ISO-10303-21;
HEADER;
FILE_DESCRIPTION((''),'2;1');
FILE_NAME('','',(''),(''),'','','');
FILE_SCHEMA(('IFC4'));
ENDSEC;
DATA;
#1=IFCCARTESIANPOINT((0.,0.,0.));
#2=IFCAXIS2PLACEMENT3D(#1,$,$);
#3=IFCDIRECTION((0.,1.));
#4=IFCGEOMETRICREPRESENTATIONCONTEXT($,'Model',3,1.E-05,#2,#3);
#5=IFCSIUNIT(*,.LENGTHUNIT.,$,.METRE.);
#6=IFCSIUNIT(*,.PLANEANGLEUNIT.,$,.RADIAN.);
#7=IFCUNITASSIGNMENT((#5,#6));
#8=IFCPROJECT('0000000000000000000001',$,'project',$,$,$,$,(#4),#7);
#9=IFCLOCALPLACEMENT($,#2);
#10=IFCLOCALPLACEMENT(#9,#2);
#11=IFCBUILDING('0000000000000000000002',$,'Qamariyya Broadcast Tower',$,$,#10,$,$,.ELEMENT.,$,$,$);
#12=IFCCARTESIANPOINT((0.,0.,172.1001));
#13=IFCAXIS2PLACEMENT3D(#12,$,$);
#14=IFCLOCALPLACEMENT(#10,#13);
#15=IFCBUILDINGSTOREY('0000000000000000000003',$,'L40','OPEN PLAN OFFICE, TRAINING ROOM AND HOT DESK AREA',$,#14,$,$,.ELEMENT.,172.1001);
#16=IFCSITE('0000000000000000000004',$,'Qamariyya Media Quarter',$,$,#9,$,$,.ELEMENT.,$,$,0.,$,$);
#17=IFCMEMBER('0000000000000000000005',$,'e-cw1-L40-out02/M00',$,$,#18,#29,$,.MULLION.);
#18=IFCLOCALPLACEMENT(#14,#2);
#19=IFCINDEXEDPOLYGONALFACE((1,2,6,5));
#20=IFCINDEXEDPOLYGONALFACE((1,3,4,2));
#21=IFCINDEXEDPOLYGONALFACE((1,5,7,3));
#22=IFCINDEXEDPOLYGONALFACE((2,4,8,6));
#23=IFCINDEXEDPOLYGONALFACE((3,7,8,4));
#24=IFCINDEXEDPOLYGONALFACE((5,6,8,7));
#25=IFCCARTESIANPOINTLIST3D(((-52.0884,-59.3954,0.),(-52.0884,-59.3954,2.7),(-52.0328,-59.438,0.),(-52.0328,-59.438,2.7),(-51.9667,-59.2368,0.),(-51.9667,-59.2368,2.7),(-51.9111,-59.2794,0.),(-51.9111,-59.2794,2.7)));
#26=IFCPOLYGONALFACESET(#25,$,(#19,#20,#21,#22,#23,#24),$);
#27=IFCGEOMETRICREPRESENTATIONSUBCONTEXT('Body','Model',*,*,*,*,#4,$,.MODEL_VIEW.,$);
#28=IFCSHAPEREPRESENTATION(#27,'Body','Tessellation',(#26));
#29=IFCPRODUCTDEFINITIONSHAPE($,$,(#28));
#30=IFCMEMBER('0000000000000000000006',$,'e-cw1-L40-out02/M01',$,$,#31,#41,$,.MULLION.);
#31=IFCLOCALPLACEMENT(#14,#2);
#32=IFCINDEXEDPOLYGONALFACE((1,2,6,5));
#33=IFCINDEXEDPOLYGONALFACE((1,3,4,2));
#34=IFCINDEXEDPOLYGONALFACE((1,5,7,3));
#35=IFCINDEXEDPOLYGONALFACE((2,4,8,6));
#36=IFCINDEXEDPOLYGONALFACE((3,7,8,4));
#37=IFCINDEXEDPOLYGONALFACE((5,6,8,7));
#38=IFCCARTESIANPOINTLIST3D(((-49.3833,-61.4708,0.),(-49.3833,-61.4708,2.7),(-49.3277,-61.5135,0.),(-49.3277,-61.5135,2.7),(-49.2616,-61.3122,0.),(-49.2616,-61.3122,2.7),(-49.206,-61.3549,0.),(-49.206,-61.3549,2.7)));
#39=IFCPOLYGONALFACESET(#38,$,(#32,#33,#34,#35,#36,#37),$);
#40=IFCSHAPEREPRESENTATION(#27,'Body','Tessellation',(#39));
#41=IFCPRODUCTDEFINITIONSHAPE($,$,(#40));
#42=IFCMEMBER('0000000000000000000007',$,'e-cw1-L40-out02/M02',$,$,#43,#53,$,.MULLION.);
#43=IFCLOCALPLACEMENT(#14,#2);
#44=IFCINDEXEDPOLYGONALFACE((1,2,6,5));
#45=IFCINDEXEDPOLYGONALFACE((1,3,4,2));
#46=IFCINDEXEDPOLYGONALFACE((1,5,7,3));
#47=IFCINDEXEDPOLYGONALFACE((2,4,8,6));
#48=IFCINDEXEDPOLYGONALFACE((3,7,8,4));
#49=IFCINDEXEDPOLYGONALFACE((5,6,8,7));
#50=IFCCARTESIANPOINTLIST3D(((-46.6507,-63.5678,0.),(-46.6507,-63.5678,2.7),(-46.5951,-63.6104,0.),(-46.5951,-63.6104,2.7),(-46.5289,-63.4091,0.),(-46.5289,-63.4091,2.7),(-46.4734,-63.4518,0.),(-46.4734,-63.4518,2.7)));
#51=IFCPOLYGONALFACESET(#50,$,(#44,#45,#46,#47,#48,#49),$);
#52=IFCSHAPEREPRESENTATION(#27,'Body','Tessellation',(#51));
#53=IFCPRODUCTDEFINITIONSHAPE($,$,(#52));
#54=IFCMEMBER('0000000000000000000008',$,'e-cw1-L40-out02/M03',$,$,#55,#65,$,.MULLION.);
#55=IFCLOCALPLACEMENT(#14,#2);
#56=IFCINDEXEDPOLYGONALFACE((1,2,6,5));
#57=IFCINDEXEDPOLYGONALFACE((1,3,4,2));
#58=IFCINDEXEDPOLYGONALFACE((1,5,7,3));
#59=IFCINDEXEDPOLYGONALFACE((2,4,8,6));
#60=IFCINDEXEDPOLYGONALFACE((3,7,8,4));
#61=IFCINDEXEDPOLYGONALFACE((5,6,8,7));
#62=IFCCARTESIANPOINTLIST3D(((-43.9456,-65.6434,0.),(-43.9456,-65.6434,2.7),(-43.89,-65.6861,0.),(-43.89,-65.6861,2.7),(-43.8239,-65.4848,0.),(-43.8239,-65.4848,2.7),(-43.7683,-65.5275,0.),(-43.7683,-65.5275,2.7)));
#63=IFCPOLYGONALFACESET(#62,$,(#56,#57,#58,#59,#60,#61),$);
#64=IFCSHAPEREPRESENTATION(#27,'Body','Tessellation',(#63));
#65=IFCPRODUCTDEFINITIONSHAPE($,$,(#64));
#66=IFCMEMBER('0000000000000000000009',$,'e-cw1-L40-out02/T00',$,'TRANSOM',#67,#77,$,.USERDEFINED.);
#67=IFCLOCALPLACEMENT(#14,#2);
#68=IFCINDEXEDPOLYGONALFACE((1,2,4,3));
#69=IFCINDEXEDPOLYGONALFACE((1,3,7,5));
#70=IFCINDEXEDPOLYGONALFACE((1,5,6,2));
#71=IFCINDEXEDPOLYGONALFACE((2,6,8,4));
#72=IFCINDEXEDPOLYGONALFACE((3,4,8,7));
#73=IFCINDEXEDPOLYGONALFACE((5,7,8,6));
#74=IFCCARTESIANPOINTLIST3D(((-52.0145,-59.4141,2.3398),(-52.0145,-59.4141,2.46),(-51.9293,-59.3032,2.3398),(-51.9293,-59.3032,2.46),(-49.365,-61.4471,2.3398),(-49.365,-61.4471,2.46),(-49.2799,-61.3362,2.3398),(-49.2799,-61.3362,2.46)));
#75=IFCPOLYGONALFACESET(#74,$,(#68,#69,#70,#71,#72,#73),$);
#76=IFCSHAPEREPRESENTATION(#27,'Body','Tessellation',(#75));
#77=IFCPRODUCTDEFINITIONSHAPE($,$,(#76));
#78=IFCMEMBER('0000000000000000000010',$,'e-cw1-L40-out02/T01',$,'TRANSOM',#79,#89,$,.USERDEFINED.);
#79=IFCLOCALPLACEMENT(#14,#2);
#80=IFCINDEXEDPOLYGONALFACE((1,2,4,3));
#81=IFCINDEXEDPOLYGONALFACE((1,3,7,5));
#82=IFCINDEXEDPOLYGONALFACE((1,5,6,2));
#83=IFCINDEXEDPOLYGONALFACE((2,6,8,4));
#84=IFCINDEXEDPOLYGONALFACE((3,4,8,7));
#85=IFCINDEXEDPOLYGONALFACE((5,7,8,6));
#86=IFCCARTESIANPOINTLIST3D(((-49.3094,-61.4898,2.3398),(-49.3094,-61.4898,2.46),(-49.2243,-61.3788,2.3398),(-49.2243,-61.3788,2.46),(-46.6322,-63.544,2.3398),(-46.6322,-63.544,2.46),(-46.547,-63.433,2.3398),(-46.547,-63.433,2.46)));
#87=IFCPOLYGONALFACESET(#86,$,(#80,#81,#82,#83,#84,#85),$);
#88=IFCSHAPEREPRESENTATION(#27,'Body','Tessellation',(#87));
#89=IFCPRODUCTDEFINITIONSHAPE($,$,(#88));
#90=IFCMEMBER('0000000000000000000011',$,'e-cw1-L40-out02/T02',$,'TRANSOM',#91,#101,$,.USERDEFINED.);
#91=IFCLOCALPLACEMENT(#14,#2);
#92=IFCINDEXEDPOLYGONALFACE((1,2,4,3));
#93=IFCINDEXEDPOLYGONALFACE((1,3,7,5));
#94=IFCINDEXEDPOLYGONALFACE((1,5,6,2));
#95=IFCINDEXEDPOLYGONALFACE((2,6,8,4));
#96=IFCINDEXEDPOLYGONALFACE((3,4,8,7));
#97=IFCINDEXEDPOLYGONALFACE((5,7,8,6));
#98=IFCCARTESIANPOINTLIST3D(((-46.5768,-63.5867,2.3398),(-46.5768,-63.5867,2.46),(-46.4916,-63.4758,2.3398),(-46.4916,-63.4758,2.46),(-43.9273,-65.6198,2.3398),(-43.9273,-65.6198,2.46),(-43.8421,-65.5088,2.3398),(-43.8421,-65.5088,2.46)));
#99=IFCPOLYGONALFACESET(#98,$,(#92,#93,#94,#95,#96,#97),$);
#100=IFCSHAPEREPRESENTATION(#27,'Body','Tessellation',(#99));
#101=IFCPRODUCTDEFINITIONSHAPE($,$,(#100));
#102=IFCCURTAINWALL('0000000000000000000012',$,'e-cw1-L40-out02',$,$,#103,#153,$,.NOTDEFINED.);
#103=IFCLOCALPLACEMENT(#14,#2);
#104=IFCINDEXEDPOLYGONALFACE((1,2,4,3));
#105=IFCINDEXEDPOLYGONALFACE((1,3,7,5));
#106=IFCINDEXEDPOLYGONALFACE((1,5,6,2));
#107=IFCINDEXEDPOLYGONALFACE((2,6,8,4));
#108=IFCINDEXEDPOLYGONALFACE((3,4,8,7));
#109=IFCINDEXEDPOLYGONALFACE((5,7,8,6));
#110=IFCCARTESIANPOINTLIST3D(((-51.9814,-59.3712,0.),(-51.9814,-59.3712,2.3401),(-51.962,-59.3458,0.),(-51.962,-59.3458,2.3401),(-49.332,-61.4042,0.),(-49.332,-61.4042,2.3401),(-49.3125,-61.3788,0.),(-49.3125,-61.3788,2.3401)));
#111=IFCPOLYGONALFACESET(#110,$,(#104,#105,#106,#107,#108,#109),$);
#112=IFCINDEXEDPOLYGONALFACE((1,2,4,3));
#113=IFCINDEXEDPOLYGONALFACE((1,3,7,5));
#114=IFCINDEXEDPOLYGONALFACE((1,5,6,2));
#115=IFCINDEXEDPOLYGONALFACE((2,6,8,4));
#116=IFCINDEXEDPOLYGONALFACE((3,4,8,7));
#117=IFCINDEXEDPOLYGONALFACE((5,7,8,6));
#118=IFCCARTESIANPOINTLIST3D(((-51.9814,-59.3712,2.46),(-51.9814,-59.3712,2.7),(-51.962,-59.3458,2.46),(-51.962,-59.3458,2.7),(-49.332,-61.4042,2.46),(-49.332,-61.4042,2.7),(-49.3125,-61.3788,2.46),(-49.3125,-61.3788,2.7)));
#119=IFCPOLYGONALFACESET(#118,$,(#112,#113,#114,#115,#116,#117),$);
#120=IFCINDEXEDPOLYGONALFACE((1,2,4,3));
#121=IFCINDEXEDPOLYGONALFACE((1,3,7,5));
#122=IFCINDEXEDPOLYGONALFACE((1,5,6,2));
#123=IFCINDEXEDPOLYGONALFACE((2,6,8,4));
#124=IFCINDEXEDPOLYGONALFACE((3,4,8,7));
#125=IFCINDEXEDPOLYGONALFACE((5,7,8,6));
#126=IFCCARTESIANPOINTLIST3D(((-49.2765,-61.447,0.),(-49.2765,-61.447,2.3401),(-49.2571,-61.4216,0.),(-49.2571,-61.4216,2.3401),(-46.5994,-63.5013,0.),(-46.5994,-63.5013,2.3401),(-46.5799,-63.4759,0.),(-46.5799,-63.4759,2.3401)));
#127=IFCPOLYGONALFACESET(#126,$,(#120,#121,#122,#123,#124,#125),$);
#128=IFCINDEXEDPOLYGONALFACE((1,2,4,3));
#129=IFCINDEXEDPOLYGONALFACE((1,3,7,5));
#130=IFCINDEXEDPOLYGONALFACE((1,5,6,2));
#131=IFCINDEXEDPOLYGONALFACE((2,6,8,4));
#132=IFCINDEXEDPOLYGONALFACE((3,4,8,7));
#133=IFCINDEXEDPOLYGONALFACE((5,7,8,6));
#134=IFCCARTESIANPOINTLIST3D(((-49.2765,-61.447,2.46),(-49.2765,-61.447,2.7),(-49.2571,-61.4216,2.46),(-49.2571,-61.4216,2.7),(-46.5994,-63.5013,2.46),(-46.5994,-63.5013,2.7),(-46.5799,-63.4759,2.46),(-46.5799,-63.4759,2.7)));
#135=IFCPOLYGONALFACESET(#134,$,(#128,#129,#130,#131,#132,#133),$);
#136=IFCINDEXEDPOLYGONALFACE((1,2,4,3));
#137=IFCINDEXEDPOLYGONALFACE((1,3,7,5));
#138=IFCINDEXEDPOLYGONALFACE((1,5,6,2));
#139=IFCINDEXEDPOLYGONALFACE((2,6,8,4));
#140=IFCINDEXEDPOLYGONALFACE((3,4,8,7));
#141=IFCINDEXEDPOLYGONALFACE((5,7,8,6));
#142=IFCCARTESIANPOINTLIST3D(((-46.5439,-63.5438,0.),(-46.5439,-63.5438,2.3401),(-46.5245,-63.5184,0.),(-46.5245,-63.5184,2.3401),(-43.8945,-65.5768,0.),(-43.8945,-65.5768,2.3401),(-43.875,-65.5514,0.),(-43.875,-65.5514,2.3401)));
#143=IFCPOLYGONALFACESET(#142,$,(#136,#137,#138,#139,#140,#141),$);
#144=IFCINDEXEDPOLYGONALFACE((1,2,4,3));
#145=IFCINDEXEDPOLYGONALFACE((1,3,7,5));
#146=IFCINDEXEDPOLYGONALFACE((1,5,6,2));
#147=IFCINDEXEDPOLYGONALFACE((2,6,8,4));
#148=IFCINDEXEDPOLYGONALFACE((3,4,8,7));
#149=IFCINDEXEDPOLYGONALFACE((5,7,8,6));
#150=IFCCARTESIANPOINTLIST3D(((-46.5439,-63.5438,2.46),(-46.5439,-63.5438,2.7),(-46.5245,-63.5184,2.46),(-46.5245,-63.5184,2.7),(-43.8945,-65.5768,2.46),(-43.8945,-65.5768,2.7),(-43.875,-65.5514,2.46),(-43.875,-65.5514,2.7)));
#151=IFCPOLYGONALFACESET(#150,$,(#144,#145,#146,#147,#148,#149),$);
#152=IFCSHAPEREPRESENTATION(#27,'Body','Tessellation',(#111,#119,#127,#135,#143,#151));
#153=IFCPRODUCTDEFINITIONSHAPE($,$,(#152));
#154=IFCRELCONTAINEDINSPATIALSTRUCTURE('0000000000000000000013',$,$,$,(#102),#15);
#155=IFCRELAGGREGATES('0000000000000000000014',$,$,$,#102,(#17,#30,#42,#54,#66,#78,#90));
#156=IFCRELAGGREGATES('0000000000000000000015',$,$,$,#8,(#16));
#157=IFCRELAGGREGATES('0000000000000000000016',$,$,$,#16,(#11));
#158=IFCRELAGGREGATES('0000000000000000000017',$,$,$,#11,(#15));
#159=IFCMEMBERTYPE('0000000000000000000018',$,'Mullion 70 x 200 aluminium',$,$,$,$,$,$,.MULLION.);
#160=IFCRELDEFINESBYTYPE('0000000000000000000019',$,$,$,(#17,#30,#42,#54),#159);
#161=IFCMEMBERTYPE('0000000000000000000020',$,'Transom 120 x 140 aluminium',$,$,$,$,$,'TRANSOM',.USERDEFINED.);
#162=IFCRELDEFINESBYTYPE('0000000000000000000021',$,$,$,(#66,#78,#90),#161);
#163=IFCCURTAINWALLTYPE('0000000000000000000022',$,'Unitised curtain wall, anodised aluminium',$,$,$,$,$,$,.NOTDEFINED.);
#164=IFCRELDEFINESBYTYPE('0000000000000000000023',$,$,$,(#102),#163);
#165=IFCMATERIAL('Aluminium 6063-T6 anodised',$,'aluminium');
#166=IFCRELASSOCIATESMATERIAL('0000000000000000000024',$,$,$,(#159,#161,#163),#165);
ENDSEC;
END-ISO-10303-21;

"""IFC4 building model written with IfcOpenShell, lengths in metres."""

from ifc_helpers import new_model, si_unit, direction, frame, origin, origin_2d, place, context, subcontext, project, spatial, rectangle, extrude, material, material_profile, profile_set, type_object, element, aggregate, save


model = new_model("IFC4")

# Units and contexts
model_context = context("Model", 3, precision=1e-05, world=origin(), true_north=direction((0.0, 1.0)))
body_context = subcontext(model_context, "Body", "Model", "MODEL_VIEW")
ifc_project = project(units=[si_unit("LENGTHUNIT", "METRE"), si_unit("PLANEANGLEUNIT", "RADIAN")], contexts=[model_context])

# Members
ifc_material = material(Name="Aluminium 6063-T6 anodised", Category="aluminium")
ifc_material_profile_1 = material_profile(ifc_material, rectangle(XDim=0.2, YDim=0.0701, at=origin_2d()))
ifc_profile_set_1 = profile_set([ifc_material_profile_1], Name="Aluminium 6063-T6 anodised")
member_type_1 = type_object("IfcMemberType", Name="Mullion 70 x 200 aluminium", PredefinedType="MULLION", material=ifc_profile_set_1)
site_placement = place(None, origin())
building_placement = place(site_placement, origin())
storey_placement = place(building_placement, frame((0.0, 0.0, 172.1001)))
member_1_placement = place(storey_placement, frame((-51.9998, -59.3374, 0.0), z_axis=(0.0, 0.0, 1.0), x_axis=(0.608761, 0.793353, 0.0)))
member_1 = element("IfcMember", 1, at=member_1_placement, type_object=member_type_1, Name="e-cw1-L40-out02/M00", PredefinedType="MULLION", context=body_context, shape_type="SweptSolid", body=[
    extrude(rectangle(XDim=0.2, YDim=0.0701, at=origin_2d()), origin(), (0.0, 0.0, 1.0), 2.7),
])
member_2_placement = place(storey_placement, frame((-49.2947, -61.4128, 0.0), z_axis=(0.0, 0.0, 1.0), x_axis=(0.608761, 0.793353, 0.0)))
member_2 = element("IfcMember", 2, at=member_2_placement, type_object=member_type_1, Name="e-cw1-L40-out02/M01", PredefinedType="MULLION", context=body_context, shape_type="SweptSolid", body=[
    extrude(rectangle(XDim=0.2, YDim=0.0701, at=origin_2d()), origin(), (0.0, 0.0, 1.0), 2.7),
])
member_3_placement = place(storey_placement, frame((-46.562, -63.5098, 0.0), z_axis=(0.0, 0.0, 1.0), x_axis=(0.608761, 0.793353, 0.0)))
member_3 = element("IfcMember", 3, at=member_3_placement, type_object=member_type_1, Name="e-cw1-L40-out02/M02", PredefinedType="MULLION", context=body_context, shape_type="SweptSolid", body=[
    extrude(rectangle(XDim=0.2, YDim=0.0701, at=origin_2d()), origin(), (0.0, 0.0, 1.0), 2.7),
])
member_4_placement = place(storey_placement, frame((-43.8569, -65.5854, 0.0), z_axis=(0.0, 0.0, 1.0), x_axis=(0.608761, 0.793353, 0.0)))
member_4 = element("IfcMember", 4, at=member_4_placement, type_object=member_type_1, Name="e-cw1-L40-out02/M03", PredefinedType="MULLION", context=body_context, shape_type="SweptSolid", body=[
    extrude(rectangle(XDim=0.2, YDim=0.0701, at=origin_2d()), origin(), (0.0, 0.0, 1.0), 2.7),
])
ifc_material_profile_2 = material_profile(ifc_material, rectangle(XDim=0.1399, YDim=0.1201, at=origin_2d()))
ifc_profile_set_2 = profile_set([ifc_material_profile_2], Name="Aluminium 6063-T6 anodised")
member_type_2 = type_object("IfcMemberType", Name="Transom 120 x 140 aluminium", ElementType="TRANSOM", PredefinedType="USERDEFINED", material=ifc_profile_set_2)
member_5_placement = place(storey_placement, frame((-51.9719, -59.3586, 2.3999), z_axis=(0.793354, -0.60876, 0.0), x_axis=(0.60876, 0.793354, 0.0)))
member_5 = element("IfcMember", 5, at=member_5_placement, type_object=member_type_2, Name="e-cw1-L40-out02/T00", ObjectType="TRANSOM", PredefinedType="USERDEFINED", context=body_context, shape_type="SweptSolid", body=[
    extrude(rectangle(XDim=0.1399, YDim=0.1201, at=origin_2d()), origin(), (0.0, 0.0, 1.0), 3.3396),
])
member_6_placement = place(storey_placement, frame((-49.2668, -61.4343, 2.3999), z_axis=(0.793371, -0.608738, 0.0), x_axis=(0.608738, 0.793371, 0.0)))
member_6 = element("IfcMember", 6, at=member_6_placement, type_object=member_type_2, Name="e-cw1-L40-out02/T01", ObjectType="TRANSOM", PredefinedType="USERDEFINED", context=body_context, shape_type="SweptSolid", body=[
    extrude(rectangle(XDim=0.1399, YDim=0.1201, at=origin_2d()), origin(), (0.0, 0.0, 1.0), 3.3745),
])
member_7_placement = place(storey_placement, frame((-46.5342, -63.5312, 2.3999), z_axis=(0.793354, -0.60876, 0.0), x_axis=(0.60876, 0.793354, 0.0)))
member_7 = element("IfcMember", 7, at=member_7_placement, type_object=member_type_2, Name="e-cw1-L40-out02/T02", ObjectType="TRANSOM", PredefinedType="USERDEFINED", context=body_context, shape_type="SweptSolid", body=[
    extrude(rectangle(XDim=0.1399, YDim=0.1201, at=origin_2d()), origin(), (0.0, 0.0, 1.0), 3.3396),
])

# Site, building, storey
site = spatial("IfcSite", under=ifc_project, at=site_placement, Name="Qamariyya Media Quarter", CompositionType="ELEMENT", RefElevation=0.0)
building = spatial("IfcBuilding", under=site, at=building_placement, Name="Qamariyya Broadcast Tower", CompositionType="ELEMENT")
storey = spatial("IfcBuildingStorey", under=building, at=storey_placement, Name="L40", Description="OPEN PLAN OFFICE, TRAINING ROOM AND HOT DESK AREA", CompositionType="ELEMENT", Elevation=172.1001)

# Curtain wall
curtain_wall_type = type_object("IfcCurtainWallType", Name="Unitised curtain wall, anodised aluminium", PredefinedType="NOTDEFINED", material=ifc_material)
curtain_wall_1_placement = place(storey_placement, origin())
curtain_wall_1 = element("IfcCurtainWall", 8, at=curtain_wall_1_placement, inside=storey, type_object=curtain_wall_type, Name="e-cw1-L40-out02", PredefinedType="NOTDEFINED", context=body_context, shape_type="SweptSolid", body=[
    extrude(rectangle(XDim=3.3396, YDim=0.032, at=origin_2d()), frame((-50.647, -60.375, 0.0), x_axis=(0.793352, -0.608764, 0.0)), (0.0, 0.0, 1.0), 2.3401),
    extrude(rectangle(XDim=3.3396, YDim=0.032, at=origin_2d()), frame((-50.647, -60.375, 2.46), x_axis=(0.793352, -0.608764, 0.0)), (0.0, 0.0, 1.0), 0.24),
    extrude(rectangle(XDim=3.3745, YDim=0.032, at=origin_2d()), frame((-47.9282, -62.4614, 0.0), x_axis=(0.793352, -0.608764, 0.0)), (0.0, 0.0, 1.0), 2.3401),
    extrude(rectangle(XDim=3.3745, YDim=0.032, at=origin_2d()), frame((-47.9282, -62.4614, 2.46), x_axis=(0.793352, -0.608764, 0.0)), (0.0, 0.0, 1.0), 0.24),
    extrude(rectangle(XDim=3.3396, YDim=0.032, at=origin_2d()), frame((-45.2095, -64.5476, 0.0), x_axis=(0.793352, -0.608764, 0.0)), (0.0, 0.0, 1.0), 2.3401),
    extrude(rectangle(XDim=3.3396, YDim=0.032, at=origin_2d()), frame((-45.2095, -64.5476, 2.46), x_axis=(0.793352, -0.608764, 0.0)), (0.0, 0.0, 1.0), 0.24),
])
aggregate(curtain_wall_1, [member_1, member_2, member_3, member_4, member_5, member_6, member_7])

save(model, "model.ifc")
